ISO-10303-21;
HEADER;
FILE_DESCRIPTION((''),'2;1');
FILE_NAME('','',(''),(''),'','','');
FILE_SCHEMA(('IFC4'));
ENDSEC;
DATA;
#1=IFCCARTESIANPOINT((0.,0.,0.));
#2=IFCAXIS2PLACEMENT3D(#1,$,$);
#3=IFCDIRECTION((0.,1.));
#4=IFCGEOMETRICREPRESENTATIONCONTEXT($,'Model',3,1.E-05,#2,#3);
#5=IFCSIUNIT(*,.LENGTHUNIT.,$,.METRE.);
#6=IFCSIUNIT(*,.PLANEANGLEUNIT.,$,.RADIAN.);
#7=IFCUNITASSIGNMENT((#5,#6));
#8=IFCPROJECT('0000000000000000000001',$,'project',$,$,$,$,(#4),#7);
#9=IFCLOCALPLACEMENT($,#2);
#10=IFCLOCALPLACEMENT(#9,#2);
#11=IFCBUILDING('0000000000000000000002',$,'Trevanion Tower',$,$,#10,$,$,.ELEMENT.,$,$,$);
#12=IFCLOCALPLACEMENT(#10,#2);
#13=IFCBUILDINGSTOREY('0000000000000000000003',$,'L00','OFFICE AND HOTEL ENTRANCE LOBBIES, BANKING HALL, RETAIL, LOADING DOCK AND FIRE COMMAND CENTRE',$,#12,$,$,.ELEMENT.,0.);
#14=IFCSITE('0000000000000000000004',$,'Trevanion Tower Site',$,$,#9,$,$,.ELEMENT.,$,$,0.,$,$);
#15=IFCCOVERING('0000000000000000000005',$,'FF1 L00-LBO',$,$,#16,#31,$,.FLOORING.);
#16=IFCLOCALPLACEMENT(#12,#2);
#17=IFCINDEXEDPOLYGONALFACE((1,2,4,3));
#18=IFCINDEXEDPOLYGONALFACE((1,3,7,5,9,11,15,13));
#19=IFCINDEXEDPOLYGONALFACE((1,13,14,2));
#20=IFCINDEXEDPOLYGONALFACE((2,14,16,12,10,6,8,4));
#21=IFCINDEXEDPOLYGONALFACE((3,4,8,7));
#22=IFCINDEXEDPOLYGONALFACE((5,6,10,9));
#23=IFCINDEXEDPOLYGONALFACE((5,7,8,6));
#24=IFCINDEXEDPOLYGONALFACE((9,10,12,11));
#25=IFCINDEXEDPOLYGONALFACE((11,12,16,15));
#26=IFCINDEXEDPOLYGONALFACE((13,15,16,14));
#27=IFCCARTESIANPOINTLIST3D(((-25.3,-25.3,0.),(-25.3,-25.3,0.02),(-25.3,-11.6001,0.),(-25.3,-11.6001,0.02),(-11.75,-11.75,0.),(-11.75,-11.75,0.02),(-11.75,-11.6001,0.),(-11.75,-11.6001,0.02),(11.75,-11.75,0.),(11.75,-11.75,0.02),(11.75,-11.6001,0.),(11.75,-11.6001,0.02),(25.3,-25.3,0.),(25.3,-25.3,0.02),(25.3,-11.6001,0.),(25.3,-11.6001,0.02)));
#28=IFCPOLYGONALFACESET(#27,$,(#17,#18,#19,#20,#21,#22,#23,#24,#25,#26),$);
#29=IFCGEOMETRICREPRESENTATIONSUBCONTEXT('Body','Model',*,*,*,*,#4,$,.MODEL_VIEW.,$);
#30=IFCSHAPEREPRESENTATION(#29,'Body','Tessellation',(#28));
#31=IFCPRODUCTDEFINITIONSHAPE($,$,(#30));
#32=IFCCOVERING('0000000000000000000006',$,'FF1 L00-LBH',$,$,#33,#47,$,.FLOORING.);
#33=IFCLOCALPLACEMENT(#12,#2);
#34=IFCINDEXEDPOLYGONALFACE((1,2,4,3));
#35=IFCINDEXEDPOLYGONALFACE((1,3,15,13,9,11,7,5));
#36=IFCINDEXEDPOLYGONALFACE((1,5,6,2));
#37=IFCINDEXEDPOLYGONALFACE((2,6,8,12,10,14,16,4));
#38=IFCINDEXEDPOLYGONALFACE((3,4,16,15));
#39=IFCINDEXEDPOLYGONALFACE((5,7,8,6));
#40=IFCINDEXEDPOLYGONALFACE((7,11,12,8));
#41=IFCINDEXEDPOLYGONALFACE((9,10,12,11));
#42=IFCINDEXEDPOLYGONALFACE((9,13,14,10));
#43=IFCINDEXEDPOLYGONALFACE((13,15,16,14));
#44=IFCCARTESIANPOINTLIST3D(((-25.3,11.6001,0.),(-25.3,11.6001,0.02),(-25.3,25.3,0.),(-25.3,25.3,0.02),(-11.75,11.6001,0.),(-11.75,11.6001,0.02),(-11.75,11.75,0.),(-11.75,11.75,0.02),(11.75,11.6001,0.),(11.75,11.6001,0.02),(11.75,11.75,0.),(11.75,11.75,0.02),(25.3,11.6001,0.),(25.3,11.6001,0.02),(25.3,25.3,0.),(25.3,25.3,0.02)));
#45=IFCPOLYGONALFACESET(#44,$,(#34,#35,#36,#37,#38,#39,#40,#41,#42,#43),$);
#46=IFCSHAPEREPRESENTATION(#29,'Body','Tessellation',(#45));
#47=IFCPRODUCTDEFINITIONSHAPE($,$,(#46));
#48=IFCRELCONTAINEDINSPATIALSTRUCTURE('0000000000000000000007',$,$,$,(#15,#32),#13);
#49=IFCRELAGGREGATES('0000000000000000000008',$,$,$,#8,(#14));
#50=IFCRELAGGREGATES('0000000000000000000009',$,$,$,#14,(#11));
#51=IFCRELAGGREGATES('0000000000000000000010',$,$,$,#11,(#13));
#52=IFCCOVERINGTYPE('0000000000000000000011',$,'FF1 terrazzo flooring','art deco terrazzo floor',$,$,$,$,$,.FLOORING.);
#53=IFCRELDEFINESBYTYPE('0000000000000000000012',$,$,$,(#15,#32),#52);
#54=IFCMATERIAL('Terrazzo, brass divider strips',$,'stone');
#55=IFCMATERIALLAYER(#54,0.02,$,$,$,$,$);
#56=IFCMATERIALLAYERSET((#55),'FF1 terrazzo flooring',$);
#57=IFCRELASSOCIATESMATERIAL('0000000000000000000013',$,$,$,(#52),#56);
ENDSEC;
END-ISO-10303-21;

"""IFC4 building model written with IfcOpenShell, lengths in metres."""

from ifc_helpers import new_model, si_unit, direction, origin, place, context, subcontext, project, spatial, polyline, outline, extrude, material, layer, layer_set, type_object, element, save


model = new_model("IFC4")

# Units and contexts
model_context = context("Model", 3, precision=1e-05, world=origin(), true_north=direction((0.0, 1.0)))
body_context = subcontext(model_context, "Body", "Model", "MODEL_VIEW")
ifc_project = project(units=[si_unit("LENGTHUNIT", "METRE"), si_unit("PLANEANGLEUNIT", "RADIAN")], contexts=[model_context])

# Site, building, storey
site_placement = place(None, origin())
site = spatial("IfcSite", under=ifc_project, at=site_placement, Name="Trevanion Tower Site", CompositionType="ELEMENT", RefElevation=0.0)
building_placement = place(site_placement, origin())
building = spatial("IfcBuilding", under=site, at=building_placement, Name="Trevanion Tower", CompositionType="ELEMENT")
storey_placement = place(building_placement, origin())
storey = spatial("IfcBuildingStorey", under=building, at=storey_placement, Name="L00", Description="OFFICE AND HOTEL ENTRANCE LOBBIES, BANKING HALL, RETAIL, LOADING DOCK AND FIRE COMMAND CENTRE", CompositionType="ELEMENT", Elevation=0.0)

# Coverings
ifc_material_1 = material(Name="Terrazzo, brass divider strips", Category="stone")
ifc_layer_1 = layer(ifc_material_1, 0.02)
ifc_layer_set_1 = layer_set([ifc_layer_1], Name="FF1 terrazzo flooring")
covering_type_1 = type_object("IfcCoveringType", Name="FF1 terrazzo flooring", Description="art deco terrazzo floor", PredefinedType="FLOORING", material=ifc_layer_set_1)
covering_1_placement = place(storey_placement, origin())
element("IfcCovering", 1, at=covering_1_placement, inside=storey, type_object=covering_type_1, Name="FF1 L00-LBO", PredefinedType="FLOORING", context=body_context, shape_type="SweptSolid", body=[
    extrude(outline(polyline([(25.3, -25.3), (-25.3, -25.3), (-25.3, -11.6001), (-11.75, -11.6001), (-11.75, -11.75), (11.75, -11.75), (11.75, -11.6001), (25.3, -11.6001), (25.3, -25.3)])), origin(), (0.0, 0.0, 1.0), 0.02),
])
covering_2_placement = place(storey_placement, origin())
element("IfcCovering", 2, at=covering_2_placement, inside=storey, type_object=covering_type_1, Name="FF1 L00-LBH", PredefinedType="FLOORING", context=body_context, shape_type="SweptSolid", body=[
    extrude(outline(polyline([(25.3, 11.6001), (11.75, 11.6001), (11.75, 11.75), (-11.75, 11.75), (-11.75, 11.6001), (-25.3, 11.6001), (-25.3, 25.3), (25.3, 25.3), (25.3, 11.6001)])), origin(), (0.0, 0.0, 1.0), 0.02),
])

save(model, "model.ifc")
